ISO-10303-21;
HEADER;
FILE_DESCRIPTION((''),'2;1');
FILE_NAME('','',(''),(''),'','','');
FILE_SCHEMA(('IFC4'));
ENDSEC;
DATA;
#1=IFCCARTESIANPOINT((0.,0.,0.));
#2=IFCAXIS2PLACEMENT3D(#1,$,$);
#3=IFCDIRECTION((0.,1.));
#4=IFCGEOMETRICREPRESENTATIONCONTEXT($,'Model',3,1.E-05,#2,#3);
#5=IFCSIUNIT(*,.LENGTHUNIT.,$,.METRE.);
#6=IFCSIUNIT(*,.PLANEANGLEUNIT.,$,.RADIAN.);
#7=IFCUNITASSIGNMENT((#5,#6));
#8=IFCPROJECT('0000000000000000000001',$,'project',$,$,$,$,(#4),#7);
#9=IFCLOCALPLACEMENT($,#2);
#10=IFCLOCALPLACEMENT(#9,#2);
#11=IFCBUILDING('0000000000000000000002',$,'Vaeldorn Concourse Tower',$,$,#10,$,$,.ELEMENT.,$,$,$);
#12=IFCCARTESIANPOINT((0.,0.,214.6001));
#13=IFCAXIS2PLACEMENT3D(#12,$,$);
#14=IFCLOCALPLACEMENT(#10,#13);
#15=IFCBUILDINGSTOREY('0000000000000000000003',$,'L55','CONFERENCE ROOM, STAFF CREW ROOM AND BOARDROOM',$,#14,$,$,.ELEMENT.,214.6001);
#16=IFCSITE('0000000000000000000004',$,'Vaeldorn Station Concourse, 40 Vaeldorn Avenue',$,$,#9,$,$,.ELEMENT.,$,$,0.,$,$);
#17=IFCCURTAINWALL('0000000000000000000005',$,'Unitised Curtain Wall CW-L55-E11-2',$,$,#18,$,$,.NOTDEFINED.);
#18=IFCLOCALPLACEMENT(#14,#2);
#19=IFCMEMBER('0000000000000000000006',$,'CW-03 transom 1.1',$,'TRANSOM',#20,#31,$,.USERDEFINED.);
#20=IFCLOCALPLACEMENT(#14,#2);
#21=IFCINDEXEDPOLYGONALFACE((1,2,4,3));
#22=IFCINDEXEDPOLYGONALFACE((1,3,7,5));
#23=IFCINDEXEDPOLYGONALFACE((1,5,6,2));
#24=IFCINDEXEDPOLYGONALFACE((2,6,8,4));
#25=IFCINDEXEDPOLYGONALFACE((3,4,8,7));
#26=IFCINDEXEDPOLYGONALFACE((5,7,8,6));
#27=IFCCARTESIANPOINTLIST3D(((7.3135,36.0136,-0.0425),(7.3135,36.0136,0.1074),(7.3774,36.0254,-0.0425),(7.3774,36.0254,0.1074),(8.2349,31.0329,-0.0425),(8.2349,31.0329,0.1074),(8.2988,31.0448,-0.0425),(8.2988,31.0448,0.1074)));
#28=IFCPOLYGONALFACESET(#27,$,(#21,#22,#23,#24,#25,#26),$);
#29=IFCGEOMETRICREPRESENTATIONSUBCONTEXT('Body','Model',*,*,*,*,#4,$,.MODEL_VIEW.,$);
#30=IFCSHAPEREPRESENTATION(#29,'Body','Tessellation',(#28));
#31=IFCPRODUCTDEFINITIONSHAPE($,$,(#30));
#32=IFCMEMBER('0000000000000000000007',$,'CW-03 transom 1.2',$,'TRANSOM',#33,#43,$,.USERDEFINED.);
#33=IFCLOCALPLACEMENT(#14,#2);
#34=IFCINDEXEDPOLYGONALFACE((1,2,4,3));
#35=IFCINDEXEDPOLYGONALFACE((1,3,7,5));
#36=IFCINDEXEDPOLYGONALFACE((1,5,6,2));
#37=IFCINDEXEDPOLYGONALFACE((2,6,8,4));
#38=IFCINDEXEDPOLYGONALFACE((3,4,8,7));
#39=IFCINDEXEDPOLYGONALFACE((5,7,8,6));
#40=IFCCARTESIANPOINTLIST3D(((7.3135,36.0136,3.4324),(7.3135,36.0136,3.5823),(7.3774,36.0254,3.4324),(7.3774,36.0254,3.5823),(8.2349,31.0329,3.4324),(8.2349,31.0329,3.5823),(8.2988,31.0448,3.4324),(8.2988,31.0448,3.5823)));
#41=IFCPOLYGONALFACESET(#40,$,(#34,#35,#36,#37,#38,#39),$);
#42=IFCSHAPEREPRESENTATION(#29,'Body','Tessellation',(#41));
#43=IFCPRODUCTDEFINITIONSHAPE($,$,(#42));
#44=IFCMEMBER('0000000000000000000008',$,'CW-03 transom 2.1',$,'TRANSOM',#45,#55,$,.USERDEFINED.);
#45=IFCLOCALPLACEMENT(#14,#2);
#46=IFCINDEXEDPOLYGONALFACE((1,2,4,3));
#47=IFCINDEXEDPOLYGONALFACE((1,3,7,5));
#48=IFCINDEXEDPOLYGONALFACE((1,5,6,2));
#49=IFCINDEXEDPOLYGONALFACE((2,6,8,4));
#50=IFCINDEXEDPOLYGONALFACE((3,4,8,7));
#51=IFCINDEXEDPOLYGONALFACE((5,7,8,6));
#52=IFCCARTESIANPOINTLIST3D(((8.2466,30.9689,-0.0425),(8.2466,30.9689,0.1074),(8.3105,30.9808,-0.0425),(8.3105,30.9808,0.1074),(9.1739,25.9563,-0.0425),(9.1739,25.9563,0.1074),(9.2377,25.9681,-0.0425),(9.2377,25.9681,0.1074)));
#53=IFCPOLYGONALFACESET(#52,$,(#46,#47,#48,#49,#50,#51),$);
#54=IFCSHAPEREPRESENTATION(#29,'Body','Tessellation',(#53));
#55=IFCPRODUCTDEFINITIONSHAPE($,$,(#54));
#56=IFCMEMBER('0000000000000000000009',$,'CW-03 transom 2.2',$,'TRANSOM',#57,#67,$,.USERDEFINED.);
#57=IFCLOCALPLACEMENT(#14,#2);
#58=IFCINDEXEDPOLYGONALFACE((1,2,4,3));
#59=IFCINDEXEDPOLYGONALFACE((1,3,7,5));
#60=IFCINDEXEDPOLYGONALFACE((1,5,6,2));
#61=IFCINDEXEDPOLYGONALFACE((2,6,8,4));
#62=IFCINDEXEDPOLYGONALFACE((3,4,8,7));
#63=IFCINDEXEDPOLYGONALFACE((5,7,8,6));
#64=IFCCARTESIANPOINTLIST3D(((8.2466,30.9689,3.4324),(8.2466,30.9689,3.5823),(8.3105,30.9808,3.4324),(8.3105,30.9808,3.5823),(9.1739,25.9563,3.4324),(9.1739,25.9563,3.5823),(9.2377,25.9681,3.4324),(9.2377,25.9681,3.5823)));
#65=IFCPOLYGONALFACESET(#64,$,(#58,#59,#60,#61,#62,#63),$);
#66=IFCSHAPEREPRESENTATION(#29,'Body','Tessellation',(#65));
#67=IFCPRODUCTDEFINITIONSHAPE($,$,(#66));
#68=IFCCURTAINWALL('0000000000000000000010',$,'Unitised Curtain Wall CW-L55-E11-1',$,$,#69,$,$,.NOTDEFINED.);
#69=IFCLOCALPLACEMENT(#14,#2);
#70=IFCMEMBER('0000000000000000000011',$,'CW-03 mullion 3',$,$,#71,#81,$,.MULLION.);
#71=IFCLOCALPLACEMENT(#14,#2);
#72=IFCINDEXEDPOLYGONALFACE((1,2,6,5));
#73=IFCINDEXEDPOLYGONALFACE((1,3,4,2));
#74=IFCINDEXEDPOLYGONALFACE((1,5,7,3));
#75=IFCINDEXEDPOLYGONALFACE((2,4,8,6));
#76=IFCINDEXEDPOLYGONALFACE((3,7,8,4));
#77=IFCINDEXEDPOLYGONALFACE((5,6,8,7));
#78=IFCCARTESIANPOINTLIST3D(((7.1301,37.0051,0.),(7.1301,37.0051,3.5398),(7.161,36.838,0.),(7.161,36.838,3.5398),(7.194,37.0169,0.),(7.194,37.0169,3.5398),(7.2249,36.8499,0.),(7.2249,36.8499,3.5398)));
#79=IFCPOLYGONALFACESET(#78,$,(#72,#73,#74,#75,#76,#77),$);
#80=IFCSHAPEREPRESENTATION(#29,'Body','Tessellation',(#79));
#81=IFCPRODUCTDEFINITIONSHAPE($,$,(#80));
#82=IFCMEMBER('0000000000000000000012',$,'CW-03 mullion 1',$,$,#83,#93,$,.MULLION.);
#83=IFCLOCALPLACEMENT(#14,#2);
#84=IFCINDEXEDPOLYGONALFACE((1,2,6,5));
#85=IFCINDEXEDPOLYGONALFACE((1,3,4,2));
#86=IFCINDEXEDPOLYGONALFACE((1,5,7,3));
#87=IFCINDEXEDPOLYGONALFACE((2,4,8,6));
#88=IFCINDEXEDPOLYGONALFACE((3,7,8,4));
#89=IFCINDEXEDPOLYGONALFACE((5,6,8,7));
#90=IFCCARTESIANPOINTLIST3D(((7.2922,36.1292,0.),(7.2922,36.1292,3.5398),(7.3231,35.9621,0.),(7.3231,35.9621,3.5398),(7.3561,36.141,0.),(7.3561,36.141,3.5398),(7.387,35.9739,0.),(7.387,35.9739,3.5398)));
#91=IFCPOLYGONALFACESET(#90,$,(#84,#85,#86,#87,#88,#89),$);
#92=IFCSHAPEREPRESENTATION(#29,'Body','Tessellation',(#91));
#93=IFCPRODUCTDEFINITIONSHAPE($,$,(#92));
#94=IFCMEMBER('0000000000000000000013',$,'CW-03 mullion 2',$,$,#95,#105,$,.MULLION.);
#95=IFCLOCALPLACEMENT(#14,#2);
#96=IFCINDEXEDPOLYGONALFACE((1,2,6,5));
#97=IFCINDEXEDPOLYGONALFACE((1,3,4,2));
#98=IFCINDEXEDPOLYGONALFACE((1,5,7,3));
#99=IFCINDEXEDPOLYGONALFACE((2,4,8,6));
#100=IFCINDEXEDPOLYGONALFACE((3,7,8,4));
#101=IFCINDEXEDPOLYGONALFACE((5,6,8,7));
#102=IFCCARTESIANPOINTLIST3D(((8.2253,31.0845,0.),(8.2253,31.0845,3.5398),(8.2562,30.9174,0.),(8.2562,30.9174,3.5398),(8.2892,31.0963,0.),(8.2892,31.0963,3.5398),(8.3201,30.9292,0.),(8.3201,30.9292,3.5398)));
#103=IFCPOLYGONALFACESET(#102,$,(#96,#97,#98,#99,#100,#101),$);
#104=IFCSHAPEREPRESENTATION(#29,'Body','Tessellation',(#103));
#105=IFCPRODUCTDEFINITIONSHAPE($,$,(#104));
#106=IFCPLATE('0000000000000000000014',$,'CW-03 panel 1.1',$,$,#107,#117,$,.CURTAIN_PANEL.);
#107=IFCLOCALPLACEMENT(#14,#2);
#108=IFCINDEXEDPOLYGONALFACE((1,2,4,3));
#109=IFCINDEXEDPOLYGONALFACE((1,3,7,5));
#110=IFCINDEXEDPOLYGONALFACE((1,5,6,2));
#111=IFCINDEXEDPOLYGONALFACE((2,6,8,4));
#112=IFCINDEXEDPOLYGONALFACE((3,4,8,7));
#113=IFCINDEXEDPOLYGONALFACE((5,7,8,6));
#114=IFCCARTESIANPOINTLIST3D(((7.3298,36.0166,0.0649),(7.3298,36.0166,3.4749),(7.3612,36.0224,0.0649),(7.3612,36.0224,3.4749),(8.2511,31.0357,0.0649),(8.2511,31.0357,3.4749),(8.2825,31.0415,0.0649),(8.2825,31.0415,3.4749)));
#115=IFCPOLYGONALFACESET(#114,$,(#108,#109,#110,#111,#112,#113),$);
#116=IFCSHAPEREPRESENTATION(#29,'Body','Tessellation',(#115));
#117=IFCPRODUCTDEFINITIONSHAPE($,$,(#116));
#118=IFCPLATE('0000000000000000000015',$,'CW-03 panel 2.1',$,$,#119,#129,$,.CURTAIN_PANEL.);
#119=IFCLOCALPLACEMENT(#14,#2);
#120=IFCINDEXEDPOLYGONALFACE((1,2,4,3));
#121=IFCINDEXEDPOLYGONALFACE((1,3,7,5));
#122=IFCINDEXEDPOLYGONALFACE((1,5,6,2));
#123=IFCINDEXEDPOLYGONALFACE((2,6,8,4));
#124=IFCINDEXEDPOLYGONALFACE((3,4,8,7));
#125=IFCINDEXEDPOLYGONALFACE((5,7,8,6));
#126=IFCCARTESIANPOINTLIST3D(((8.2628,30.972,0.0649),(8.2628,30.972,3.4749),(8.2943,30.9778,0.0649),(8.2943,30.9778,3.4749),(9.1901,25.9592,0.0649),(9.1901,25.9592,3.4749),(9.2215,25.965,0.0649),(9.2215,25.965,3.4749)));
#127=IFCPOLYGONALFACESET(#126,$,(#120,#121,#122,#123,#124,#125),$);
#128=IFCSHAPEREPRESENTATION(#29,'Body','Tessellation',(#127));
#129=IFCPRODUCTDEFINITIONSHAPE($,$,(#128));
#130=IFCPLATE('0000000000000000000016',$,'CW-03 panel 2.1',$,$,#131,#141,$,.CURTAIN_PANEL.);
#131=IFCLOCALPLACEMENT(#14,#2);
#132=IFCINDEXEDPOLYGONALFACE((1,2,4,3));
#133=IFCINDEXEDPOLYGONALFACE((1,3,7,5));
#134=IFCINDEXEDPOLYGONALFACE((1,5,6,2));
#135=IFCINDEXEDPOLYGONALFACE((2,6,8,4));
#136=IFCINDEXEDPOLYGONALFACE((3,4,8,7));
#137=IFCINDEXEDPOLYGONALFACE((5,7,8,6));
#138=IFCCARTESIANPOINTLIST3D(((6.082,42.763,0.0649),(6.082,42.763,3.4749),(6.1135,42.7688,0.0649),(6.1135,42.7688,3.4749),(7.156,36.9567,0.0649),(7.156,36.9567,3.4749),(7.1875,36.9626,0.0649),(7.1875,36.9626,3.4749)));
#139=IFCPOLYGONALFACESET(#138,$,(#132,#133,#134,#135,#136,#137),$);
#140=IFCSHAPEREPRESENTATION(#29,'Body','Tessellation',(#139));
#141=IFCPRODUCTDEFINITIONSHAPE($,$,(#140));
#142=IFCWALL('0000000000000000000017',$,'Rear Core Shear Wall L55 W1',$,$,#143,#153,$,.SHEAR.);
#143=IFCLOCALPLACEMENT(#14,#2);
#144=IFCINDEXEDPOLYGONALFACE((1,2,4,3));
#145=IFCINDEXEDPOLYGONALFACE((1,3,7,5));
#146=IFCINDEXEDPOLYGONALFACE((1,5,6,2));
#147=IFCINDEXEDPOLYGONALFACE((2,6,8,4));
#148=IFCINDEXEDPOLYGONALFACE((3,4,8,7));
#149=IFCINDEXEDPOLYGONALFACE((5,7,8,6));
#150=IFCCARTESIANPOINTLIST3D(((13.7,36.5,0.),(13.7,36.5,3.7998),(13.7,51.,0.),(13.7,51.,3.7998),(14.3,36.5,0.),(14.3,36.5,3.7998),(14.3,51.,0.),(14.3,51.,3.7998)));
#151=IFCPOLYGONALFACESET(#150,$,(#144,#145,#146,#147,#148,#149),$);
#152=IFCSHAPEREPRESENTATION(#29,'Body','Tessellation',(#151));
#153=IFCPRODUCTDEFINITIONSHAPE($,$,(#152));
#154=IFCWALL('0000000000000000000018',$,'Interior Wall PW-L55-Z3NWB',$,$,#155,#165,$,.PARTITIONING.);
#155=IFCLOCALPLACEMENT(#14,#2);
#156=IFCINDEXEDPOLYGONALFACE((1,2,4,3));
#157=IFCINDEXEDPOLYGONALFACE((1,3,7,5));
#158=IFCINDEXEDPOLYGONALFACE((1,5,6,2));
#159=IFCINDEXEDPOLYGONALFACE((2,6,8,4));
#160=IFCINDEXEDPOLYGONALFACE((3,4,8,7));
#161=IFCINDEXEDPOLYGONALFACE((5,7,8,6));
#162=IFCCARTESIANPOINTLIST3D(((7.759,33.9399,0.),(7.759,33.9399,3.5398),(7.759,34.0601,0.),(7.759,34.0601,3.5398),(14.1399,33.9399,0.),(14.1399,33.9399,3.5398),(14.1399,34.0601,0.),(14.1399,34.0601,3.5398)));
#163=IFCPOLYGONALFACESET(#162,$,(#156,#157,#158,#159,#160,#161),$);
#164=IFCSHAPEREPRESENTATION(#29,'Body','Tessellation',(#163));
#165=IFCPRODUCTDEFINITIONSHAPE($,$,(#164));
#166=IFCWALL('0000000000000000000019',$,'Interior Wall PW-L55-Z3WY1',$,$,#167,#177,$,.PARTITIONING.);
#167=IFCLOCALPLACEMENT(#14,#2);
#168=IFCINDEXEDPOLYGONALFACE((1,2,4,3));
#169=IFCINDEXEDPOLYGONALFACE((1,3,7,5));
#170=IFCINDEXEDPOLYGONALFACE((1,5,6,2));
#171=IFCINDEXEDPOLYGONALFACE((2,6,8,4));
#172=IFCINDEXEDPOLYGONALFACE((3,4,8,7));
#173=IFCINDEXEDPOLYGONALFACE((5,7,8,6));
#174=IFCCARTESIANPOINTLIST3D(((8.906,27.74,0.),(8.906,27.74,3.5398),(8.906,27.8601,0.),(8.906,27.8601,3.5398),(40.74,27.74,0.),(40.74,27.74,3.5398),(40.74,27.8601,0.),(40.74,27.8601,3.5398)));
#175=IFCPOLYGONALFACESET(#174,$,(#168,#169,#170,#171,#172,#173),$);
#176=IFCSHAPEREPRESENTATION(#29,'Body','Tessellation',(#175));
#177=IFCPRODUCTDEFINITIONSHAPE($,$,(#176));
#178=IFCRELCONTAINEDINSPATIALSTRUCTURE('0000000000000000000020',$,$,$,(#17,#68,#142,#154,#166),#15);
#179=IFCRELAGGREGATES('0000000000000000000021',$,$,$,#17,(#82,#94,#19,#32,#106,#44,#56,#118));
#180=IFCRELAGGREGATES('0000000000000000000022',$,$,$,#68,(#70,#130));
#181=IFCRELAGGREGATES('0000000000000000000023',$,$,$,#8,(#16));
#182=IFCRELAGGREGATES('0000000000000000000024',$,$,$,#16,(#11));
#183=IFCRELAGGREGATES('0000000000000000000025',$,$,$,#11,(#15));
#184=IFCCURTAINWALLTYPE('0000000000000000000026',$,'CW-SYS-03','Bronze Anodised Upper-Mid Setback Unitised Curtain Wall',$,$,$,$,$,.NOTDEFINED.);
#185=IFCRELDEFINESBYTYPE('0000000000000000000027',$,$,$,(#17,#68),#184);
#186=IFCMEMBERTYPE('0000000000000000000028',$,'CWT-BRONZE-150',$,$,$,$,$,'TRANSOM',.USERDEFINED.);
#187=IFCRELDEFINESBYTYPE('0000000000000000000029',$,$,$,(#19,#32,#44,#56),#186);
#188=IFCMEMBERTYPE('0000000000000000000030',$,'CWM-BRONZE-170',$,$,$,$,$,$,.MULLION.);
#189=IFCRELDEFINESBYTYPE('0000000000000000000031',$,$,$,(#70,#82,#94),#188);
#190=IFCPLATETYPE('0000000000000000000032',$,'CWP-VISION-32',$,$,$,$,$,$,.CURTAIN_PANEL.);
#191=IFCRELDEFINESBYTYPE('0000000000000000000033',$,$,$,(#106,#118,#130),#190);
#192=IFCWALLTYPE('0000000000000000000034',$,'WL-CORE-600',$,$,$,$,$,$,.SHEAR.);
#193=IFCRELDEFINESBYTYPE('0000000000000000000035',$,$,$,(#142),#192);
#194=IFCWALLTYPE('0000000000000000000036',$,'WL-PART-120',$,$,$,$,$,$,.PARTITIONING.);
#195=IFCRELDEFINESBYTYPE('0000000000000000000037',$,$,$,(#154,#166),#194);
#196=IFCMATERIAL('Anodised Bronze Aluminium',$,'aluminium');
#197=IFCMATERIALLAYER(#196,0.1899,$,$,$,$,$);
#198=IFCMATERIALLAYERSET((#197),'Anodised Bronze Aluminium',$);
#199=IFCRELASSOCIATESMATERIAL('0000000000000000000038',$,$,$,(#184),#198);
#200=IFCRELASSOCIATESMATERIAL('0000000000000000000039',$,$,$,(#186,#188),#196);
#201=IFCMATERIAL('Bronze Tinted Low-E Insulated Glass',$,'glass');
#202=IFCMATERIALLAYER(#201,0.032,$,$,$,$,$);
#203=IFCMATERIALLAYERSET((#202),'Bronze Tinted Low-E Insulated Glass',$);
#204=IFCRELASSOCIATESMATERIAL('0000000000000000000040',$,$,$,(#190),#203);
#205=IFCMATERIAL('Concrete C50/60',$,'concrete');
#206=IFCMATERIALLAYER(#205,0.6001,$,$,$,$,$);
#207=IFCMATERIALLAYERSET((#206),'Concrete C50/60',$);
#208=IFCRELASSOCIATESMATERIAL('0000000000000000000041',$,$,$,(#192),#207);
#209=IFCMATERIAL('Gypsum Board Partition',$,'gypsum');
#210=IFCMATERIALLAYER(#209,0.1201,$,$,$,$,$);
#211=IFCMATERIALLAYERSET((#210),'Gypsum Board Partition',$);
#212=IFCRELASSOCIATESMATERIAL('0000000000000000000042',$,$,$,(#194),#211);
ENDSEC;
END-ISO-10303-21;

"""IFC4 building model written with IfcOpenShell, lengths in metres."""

from ifc_helpers import new_model, si_unit, direction, frame, frame_2d, origin, origin_2d, place, context, subcontext, project, spatial, rectangle, extrude, source, transform, mapped, material, layer, layer_set, material_profile, profile_set, type_object, element, aggregate, save


model = new_model("IFC4")

# Units and contexts
model_context = context("Model", 3, precision=1e-05, world=origin(), true_north=direction((0.0, 1.0)))
body_context = subcontext(model_context, "Body", "Model", "MODEL_VIEW")
ifc_project = project(units=[si_unit("LENGTHUNIT", "METRE"), si_unit("PLANEANGLEUNIT", "RADIAN")], contexts=[model_context])

# Site, building, storey
site_placement = place(None, origin())
site = spatial("IfcSite", under=ifc_project, at=site_placement, Name="Vaeldorn Station Concourse, 40 Vaeldorn Avenue", CompositionType="ELEMENT", RefElevation=0.0)
building_placement = place(site_placement, origin())
building = spatial("IfcBuilding", under=site, at=building_placement, Name="Vaeldorn Concourse Tower", CompositionType="ELEMENT")
storey_placement = place(building_placement, frame((0.0, 0.0, 214.6001)))
storey = spatial("IfcBuildingStorey", under=building, at=storey_placement, Name="L55", Description="CONFERENCE ROOM, STAFF CREW ROOM AND BOARDROOM", CompositionType="ELEMENT", Elevation=214.6001)

# Shared definitions
ifc_material_1 = material(Name="Concrete C50/60", Category="concrete")

# Curtain wall, members
ifc_material_2 = material(Name="Anodised Bronze Aluminium", Category="aluminium")
ifc_layer_1 = layer(ifc_material_2, 0.1899)
ifc_layer_set_1 = layer_set([ifc_layer_1], Name="Anodised Bronze Aluminium")
curtain_wall_type = type_object("IfcCurtainWallType", Name="CW-SYS-03", Description="Bronze Anodised Upper-Mid Setback Unitised Curtain Wall", PredefinedType="NOTDEFINED", material=ifc_layer_set_1)
curtain_wall_1_placement = place(storey_placement, origin())
curtain_wall_1 = element("IfcCurtainWall", 1, at=curtain_wall_1_placement, inside=storey, type_object=curtain_wall_type, Name="Unitised Curtain Wall CW-L55-E11-2", PredefinedType="NOTDEFINED")
ifc_material_profile_1 = material_profile(ifc_material_2, rectangle(XDim=0.0649, YDim=0.1499, at=origin_2d()), Name="CWT 65x150")
ifc_profile_set_1 = profile_set([ifc_material_profile_1], Name="Anodised Bronze Aluminium")
member_type_1 = type_object("IfcMemberType", Name="CWT-BRONZE-150", ElementType="TRANSOM", PredefinedType="USERDEFINED", material=ifc_profile_set_1)
shared_shape_1 = source(origin(), body_context, "Body", "SweptSolid", [
    extrude(rectangle(XDim=0.0649, YDim=0.1499, at=origin_2d()), origin(), (0.0, 0.0, 1.0), 5.0652),
])
member_1_placement = place(storey_placement, frame((7.3455, 36.0195, 0.0325), z_axis=(0.181905, -0.983316, 0.0), x_axis=(0.983316, 0.181905, 0.0)))
member_1 = element("IfcMember", 2, at=member_1_placement, type_object=member_type_1, Name="CW-03 transom 1.1", ObjectType="TRANSOM", PredefinedType="USERDEFINED", context=body_context, shape_type="MappedRepresentation", body=[
    mapped(shared_shape_1, transform((0.0, 0.0, 0.0), scale=1.0)),
])
member_2_placement = place(storey_placement, frame((7.3455, 36.0195, 3.5073), z_axis=(0.181905, -0.983316, 0.0), x_axis=(0.983316, 0.181905, 0.0)))
member_2 = element("IfcMember", 3, at=member_2_placement, type_object=member_type_1, Name="CW-03 transom 1.2", ObjectType="TRANSOM", PredefinedType="USERDEFINED", context=body_context, shape_type="MappedRepresentation", body=[
    mapped(shared_shape_1, transform((0.0, 0.0, 0.0), scale=1.0)),
])
shared_shape_2 = source(origin(), body_context, "Body", "SweptSolid", [
    extrude(rectangle(XDim=0.0649, YDim=0.1499, at=origin_2d()), origin(), (0.0, 0.0, 1.0), 5.0977),
])
member_3_placement = place(storey_placement, frame((8.2786, 30.9749, 0.0325), z_axis=(0.181894, -0.983318, 0.0), x_axis=(0.983318, 0.181894, 0.0)))
member_3 = element("IfcMember", 4, at=member_3_placement, type_object=member_type_1, Name="CW-03 transom 2.1", ObjectType="TRANSOM", PredefinedType="USERDEFINED", context=body_context, shape_type="MappedRepresentation", body=[
    mapped(shared_shape_2, transform((0.0, 0.0, 0.0), scale=1.0)),
])
member_4_placement = place(storey_placement, frame((8.2786, 30.9749, 3.5073), z_axis=(0.181894, -0.983318, 0.0), x_axis=(0.983318, 0.181894, 0.0)))
member_4 = element("IfcMember", 5, at=member_4_placement, type_object=member_type_1, Name="CW-03 transom 2.2", ObjectType="TRANSOM", PredefinedType="USERDEFINED", context=body_context, shape_type="MappedRepresentation", body=[
    mapped(shared_shape_2, transform((0.0, 0.0, 0.0), scale=1.0)),
])

# Curtain wall, member
curtain_wall_2_placement = place(storey_placement, origin())
curtain_wall_2 = element("IfcCurtainWall", 6, at=curtain_wall_2_placement, inside=storey, type_object=curtain_wall_type, Name="Unitised Curtain Wall CW-L55-E11-1", PredefinedType="NOTDEFINED")
ifc_material_profile_2 = material_profile(ifc_material_2, rectangle(XDim=0.0649, YDim=0.1699, at=origin_2d()), Name="CWM 65x170")
ifc_profile_set_2 = profile_set([ifc_material_profile_2], Name="Anodised Bronze Aluminium")
member_type_2 = type_object("IfcMemberType", Name="CWM-BRONZE-170", PredefinedType="MULLION", material=ifc_profile_set_2)
shared_shape_3 = source(origin(), body_context, "Body", "SweptSolid", [
    extrude(rectangle(XDim=0.0649, YDim=0.1699, at=origin_2d()), origin(), (0.0, 0.0, 1.0), 3.5398),
])
member_5_placement = place(storey_placement, frame((7.1775, 36.9275, 0.0), z_axis=(0.0, 0.0, 1.0), x_axis=(0.983319, 0.181888, 0.0)))
member_5 = element("IfcMember", 7, at=member_5_placement, type_object=member_type_2, Name="CW-03 mullion 3", PredefinedType="MULLION", context=body_context, shape_type="MappedRepresentation", body=[
    mapped(shared_shape_3, transform((0.0, 0.0, 0.0), scale=1.0)),
])

# Members
member_6_placement = place(storey_placement, frame((7.3396, 36.0515, 0.0), z_axis=(0.0, 0.0, 1.0), x_axis=(0.983319, 0.181889, 0.0)))
member_6 = element("IfcMember", 8, at=member_6_placement, type_object=member_type_2, Name="CW-03 mullion 1", PredefinedType="MULLION", context=body_context, shape_type="MappedRepresentation", body=[
    mapped(shared_shape_3, transform((0.0, 0.0, 0.0), scale=1.0)),
])
member_7_placement = place(storey_placement, frame((8.2727, 31.0068, 0.0), z_axis=(0.0, 0.0, 1.0), x_axis=(0.983319, 0.181889, 0.0)))
member_7 = element("IfcMember", 9, at=member_7_placement, type_object=member_type_2, Name="CW-03 mullion 2", PredefinedType="MULLION", context=body_context, shape_type="MappedRepresentation", body=[
    mapped(shared_shape_3, transform((0.0, 0.0, 0.0), scale=1.0)),
])

# Plates
ifc_material_3 = material(Name="Bronze Tinted Low-E Insulated Glass", Category="glass")
ifc_layer_2 = layer(ifc_material_3, 0.032)
ifc_layer_set_2 = layer_set([ifc_layer_2], Name="Bronze Tinted Low-E Insulated Glass")
plate_type = type_object("IfcPlateType", Name="CWP-VISION-32", PredefinedType="CURTAIN_PANEL", material=ifc_layer_set_2)
shared_shape_4 = source(origin(), body_context, "Body", "SweptSolid", [
    extrude(rectangle(XDim=5.0654, YDim=0.032, at=origin_2d()), origin(), (0.0, 0.0, 1.0), 3.4099),
])
plate_1_placement = place(storey_placement, frame((7.8062, 33.5291, 0.0649), z_axis=(0.0, 0.0, 1.0), x_axis=(0.181889, -0.983319, 0.0)))
plate_1 = element("IfcPlate", 10, at=plate_1_placement, type_object=plate_type, Name="CW-03 panel 1.1", PredefinedType="CURTAIN_PANEL", context=body_context, shape_type="MappedRepresentation", body=[
    mapped(shared_shape_4, transform((0.0, 0.0, 0.0), scale=1.0)),
])
shared_shape_5 = source(origin(), body_context, "Body", "SweptSolid", [
    extrude(rectangle(XDim=5.0979, YDim=0.032, at=origin_2d()), origin(), (0.0, 0.0, 1.0), 3.4099),
])
plate_2_placement = place(storey_placement, frame((8.7422, 28.4685, 0.0649), z_axis=(0.0, 0.0, 1.0), x_axis=(0.181889, -0.983319, 0.0)))
plate_2 = element("IfcPlate", 11, at=plate_2_placement, type_object=plate_type, Name="CW-03 panel 2.1", PredefinedType="CURTAIN_PANEL", context=body_context, shape_type="MappedRepresentation", body=[
    mapped(shared_shape_5, transform((0.0, 0.0, 0.0), scale=1.0)),
])
aggregate(curtain_wall_1, [member_6, member_7, member_1, member_2, plate_1, member_3, member_4, plate_2])
shared_shape_6 = source(origin(), body_context, "Body", "SweptSolid", [
    extrude(rectangle(XDim=5.9048, YDim=0.032, at=origin_2d()), origin(), (0.0, 0.0, 1.0), 3.4099),
])
plate_3_placement = place(storey_placement, frame((6.6348, 39.8628, 0.0649), z_axis=(0.0, 0.0, 1.0), x_axis=(0.181888, -0.983319, 0.0)))
plate_3 = element("IfcPlate", 12, at=plate_3_placement, type_object=plate_type, Name="CW-03 panel 2.1", PredefinedType="CURTAIN_PANEL", context=body_context, shape_type="MappedRepresentation", body=[
    mapped(shared_shape_6, transform((0.0, 0.0, 0.0), scale=1.0)),
])
aggregate(curtain_wall_2, [member_5, plate_3])

# Walls
ifc_layer_3 = layer(ifc_material_1, 0.6001)
ifc_layer_set_3 = layer_set([ifc_layer_3], Name="Concrete C50/60")
wall_type_1 = type_object("IfcWallType", Name="WL-CORE-600", PredefinedType="SHEAR", material=ifc_layer_set_3)
wall_1_placement = place(storey_placement, frame((14.0, 36.5, 0.0), z_axis=(0.0, 0.0, 1.0), x_axis=(0.0, 1.0, 0.0)))
element("IfcWall", 13, at=wall_1_placement, inside=storey, type_object=wall_type_1, Name="Rear Core Shear Wall L55 W1", PredefinedType="SHEAR", context=body_context, shape_type="SweptSolid", body=[
    extrude(rectangle(XDim=14.5, YDim=0.6001, at=frame_2d((7.25, 0.0))), origin(), (0.0, 0.0, 1.0), 3.7998),
])
ifc_material_4 = material(Name="Gypsum Board Partition", Category="gypsum")
ifc_layer_4 = layer(ifc_material_4, 0.1201)
ifc_layer_set_4 = layer_set([ifc_layer_4], Name="Gypsum Board Partition")
wall_type_2 = type_object("IfcWallType", Name="WL-PART-120", PredefinedType="PARTITIONING", material=ifc_layer_set_4)
wall_2_placement = place(storey_placement, frame((7.759, 34.0, 0.0), z_axis=(0.0, 0.0, 1.0), x_axis=(1.0, 0.0, 0.0)))
element("IfcWall", 14, at=wall_2_placement, inside=storey, type_object=wall_type_2, Name="Interior Wall PW-L55-Z3NWB", PredefinedType="PARTITIONING", context=body_context, shape_type="SweptSolid", body=[
    extrude(rectangle(XDim=6.3809, YDim=0.1201, at=frame_2d((3.1904, 0.0))), origin(), (0.0, 0.0, 1.0), 3.5398),
])
wall_3_placement = place(storey_placement, frame((8.906, 27.8, 0.0), z_axis=(0.0, 0.0, 1.0), x_axis=(1.0, 0.0, 0.0)))
element("IfcWall", 15, at=wall_3_placement, inside=storey, type_object=wall_type_2, Name="Interior Wall PW-L55-Z3WY1", PredefinedType="PARTITIONING", context=body_context, shape_type="SweptSolid", body=[
    extrude(rectangle(XDim=31.834, YDim=0.1201, at=frame_2d((15.917, 0.0))), origin(), (0.0, 0.0, 1.0), 3.5398),
])

save(model, "model.ifc")
